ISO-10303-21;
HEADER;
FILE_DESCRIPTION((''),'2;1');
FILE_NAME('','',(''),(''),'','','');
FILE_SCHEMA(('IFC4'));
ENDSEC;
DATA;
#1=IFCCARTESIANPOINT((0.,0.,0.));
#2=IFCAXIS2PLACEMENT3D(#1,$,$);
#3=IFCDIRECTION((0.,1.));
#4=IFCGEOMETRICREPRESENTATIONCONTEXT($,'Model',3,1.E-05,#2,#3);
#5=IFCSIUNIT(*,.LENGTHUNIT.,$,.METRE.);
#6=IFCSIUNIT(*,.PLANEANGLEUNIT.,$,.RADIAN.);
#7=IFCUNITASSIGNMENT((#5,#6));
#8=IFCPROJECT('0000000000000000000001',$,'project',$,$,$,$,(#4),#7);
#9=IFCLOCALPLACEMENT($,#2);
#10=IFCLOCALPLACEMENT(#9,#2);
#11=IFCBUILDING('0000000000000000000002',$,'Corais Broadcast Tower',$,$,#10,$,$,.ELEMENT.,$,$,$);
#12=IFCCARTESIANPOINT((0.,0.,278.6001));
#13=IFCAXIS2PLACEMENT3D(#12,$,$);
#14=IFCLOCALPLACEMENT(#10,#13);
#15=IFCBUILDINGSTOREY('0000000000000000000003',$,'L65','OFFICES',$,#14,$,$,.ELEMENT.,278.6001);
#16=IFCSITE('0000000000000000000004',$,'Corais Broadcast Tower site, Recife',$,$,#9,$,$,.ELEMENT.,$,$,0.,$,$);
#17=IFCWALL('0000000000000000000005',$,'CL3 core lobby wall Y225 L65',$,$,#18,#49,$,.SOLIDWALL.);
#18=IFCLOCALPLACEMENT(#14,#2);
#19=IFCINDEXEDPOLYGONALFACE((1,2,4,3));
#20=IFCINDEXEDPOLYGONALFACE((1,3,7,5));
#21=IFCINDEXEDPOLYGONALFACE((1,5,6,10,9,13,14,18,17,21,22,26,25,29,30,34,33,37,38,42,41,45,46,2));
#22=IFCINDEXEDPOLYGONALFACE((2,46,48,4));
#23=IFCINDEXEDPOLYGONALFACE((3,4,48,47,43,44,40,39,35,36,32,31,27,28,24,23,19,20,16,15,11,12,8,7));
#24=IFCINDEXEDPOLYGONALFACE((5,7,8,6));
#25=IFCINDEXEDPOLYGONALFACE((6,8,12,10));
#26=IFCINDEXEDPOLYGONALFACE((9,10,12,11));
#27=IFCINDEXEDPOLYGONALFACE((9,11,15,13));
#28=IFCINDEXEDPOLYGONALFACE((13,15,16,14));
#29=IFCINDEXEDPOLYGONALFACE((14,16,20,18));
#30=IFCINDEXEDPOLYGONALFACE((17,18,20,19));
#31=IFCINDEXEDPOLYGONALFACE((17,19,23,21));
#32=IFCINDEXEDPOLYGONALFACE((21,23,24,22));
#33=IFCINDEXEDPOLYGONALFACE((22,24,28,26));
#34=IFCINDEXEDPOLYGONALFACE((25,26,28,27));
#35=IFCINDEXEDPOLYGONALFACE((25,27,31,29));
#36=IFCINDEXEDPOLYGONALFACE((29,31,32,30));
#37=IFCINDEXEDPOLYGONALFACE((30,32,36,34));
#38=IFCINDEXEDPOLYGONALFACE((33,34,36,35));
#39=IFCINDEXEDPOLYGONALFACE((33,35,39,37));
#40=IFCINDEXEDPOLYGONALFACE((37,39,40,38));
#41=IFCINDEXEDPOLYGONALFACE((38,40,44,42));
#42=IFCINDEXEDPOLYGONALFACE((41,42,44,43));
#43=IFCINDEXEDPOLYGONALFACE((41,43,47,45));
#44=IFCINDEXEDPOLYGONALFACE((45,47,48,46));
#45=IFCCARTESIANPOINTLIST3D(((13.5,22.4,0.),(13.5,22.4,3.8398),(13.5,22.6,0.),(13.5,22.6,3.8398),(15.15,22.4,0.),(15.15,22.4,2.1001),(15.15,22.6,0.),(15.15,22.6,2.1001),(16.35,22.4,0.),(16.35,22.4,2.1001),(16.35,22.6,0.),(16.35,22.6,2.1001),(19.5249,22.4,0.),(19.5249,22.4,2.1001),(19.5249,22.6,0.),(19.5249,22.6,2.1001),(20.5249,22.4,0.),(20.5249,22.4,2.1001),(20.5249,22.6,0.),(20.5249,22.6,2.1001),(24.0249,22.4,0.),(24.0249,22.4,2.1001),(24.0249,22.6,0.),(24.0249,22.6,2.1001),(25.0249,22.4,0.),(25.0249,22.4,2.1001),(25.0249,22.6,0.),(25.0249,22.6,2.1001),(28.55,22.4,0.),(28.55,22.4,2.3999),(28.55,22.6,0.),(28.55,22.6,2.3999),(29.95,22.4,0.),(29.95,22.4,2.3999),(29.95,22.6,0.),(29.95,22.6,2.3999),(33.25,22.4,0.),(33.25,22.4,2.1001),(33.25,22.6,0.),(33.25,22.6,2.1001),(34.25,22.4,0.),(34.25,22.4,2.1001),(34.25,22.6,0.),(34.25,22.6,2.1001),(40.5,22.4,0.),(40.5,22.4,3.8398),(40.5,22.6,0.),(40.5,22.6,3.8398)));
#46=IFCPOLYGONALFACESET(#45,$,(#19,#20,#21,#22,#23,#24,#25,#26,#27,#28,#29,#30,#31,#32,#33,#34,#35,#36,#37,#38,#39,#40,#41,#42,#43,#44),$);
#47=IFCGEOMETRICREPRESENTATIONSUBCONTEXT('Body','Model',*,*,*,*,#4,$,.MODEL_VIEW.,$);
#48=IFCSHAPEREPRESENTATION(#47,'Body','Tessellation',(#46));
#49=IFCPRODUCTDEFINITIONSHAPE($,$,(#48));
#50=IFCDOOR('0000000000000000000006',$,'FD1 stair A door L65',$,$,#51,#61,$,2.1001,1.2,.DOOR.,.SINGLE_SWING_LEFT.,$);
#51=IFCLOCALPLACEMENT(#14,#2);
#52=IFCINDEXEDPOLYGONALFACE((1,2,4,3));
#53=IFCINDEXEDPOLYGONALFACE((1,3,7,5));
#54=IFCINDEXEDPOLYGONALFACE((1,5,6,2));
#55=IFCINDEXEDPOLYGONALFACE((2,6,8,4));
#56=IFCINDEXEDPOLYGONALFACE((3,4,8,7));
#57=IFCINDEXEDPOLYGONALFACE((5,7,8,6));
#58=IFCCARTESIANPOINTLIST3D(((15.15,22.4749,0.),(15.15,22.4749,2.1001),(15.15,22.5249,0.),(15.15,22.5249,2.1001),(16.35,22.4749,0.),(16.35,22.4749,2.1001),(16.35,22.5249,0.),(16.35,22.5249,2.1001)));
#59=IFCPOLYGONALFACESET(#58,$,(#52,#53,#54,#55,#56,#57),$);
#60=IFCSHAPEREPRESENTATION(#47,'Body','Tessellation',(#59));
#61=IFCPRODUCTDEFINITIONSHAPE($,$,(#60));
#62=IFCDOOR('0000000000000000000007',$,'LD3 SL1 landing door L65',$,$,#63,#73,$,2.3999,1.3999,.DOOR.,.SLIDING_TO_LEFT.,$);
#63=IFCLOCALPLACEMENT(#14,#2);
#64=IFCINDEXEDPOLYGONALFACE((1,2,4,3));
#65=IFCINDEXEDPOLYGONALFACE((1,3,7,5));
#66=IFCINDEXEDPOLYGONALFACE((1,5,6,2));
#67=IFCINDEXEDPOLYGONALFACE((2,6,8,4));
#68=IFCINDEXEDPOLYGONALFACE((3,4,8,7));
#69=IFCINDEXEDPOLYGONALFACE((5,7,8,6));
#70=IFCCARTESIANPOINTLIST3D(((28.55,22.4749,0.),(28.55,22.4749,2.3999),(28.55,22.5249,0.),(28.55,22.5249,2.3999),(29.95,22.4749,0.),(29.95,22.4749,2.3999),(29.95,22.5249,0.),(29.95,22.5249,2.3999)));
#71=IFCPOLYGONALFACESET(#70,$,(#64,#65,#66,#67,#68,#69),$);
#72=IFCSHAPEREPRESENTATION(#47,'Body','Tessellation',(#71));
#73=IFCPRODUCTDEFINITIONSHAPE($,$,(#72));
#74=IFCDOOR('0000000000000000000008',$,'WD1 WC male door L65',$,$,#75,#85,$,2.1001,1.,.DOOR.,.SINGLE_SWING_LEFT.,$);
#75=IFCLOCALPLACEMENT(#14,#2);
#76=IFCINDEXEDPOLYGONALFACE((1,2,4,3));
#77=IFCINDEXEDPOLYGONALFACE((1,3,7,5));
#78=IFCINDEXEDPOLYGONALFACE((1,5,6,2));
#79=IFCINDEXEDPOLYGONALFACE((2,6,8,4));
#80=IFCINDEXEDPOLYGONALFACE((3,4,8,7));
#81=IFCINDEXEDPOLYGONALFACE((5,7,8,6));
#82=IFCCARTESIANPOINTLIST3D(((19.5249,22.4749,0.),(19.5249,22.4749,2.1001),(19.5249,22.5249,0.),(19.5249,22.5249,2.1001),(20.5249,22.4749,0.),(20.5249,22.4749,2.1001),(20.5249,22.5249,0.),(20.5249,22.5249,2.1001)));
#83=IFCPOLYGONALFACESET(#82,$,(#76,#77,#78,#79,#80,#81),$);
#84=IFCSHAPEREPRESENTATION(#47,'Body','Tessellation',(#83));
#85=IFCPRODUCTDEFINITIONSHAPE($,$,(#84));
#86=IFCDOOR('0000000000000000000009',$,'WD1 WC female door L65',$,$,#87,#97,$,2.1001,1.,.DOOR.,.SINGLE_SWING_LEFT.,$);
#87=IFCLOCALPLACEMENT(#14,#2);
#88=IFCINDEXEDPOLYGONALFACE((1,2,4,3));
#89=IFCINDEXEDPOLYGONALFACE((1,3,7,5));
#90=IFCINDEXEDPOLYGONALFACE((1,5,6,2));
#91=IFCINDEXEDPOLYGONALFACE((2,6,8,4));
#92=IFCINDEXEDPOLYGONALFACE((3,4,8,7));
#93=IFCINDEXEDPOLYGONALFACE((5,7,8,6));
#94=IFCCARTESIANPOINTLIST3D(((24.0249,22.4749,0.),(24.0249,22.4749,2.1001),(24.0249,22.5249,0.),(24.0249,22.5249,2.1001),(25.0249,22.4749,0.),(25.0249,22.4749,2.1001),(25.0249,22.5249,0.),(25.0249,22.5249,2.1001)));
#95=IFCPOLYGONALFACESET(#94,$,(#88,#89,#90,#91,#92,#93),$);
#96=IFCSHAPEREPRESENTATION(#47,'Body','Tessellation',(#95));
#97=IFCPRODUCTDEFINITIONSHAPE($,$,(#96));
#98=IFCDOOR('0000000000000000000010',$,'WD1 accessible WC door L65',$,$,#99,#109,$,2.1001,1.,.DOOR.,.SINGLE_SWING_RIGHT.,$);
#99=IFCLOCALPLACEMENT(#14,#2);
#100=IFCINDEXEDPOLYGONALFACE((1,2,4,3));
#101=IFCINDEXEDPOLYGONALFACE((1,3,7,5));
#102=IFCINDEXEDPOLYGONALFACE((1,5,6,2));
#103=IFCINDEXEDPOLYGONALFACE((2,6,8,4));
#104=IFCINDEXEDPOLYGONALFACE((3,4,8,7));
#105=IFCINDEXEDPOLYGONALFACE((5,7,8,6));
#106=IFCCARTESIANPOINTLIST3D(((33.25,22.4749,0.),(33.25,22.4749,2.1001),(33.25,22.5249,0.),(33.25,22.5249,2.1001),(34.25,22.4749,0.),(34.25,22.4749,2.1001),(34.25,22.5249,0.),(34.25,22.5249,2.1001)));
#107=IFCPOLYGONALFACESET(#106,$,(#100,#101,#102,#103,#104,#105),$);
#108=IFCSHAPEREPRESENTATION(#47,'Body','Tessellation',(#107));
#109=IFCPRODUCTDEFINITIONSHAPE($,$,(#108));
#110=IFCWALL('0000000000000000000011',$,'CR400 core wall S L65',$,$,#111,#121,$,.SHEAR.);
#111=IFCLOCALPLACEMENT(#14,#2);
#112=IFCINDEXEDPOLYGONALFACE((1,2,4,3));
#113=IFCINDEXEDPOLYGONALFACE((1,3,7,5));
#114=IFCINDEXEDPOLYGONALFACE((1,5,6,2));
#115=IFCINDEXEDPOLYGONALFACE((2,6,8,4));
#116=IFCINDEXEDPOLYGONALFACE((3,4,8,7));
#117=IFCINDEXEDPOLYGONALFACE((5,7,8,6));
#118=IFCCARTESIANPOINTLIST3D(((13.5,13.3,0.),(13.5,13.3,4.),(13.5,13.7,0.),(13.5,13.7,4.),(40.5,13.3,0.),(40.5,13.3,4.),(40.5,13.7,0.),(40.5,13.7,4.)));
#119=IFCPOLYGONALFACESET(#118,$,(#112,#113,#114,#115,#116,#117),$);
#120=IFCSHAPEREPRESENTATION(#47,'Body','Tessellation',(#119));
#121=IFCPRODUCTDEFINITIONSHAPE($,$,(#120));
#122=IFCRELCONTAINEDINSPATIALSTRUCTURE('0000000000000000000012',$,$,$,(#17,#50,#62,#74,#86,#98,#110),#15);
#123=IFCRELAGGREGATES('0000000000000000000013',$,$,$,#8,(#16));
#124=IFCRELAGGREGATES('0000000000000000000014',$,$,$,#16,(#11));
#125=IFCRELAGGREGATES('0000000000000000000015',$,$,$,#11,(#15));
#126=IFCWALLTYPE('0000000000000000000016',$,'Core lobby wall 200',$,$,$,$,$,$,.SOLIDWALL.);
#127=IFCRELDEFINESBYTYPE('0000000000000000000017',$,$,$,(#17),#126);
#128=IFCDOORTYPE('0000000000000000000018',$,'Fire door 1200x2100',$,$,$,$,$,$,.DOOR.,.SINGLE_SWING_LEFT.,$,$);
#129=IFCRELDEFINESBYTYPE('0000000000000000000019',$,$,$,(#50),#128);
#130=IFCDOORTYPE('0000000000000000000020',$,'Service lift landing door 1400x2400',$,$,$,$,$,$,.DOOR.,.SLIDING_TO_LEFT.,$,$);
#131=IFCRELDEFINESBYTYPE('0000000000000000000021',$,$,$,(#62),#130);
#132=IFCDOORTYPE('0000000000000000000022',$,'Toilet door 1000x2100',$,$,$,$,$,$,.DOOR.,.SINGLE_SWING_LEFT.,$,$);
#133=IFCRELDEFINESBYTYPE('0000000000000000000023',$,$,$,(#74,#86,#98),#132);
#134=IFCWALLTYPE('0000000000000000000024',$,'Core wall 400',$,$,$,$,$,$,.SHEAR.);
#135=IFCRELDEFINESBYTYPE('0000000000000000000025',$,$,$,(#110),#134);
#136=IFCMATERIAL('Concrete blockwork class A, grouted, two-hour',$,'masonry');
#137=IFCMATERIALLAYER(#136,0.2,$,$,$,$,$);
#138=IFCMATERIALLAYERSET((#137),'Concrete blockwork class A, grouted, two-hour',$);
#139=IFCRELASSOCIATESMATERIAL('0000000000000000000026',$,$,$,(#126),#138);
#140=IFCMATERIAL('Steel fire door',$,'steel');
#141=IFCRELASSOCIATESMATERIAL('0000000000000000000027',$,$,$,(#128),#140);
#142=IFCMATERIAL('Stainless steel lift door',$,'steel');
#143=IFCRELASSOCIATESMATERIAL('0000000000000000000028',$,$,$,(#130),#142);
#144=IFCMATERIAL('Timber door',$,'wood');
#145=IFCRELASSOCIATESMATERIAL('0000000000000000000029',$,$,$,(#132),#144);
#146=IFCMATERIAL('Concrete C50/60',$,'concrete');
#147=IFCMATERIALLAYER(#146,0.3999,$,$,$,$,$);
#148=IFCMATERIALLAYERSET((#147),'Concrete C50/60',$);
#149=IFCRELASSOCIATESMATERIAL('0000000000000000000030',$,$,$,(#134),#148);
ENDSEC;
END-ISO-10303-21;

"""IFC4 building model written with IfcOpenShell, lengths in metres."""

from ifc_helpers import new_model, si_unit, direction, frame, frame_2d, origin, place, context, subcontext, project, spatial, rectangle, extrude, material, layer, layer_set, type_object, element, fill, save


model = new_model("IFC4")

# Units and contexts
model_context = context("Model", 3, precision=1e-05, world=origin(), true_north=direction((0.0, 1.0)))
body_context = subcontext(model_context, "Body", "Model", "MODEL_VIEW")
ifc_project = project(units=[si_unit("LENGTHUNIT", "METRE"), si_unit("PLANEANGLEUNIT", "RADIAN")], contexts=[model_context])

# Site, building, storey
site_placement = place(None, origin())
site = spatial("IfcSite", under=ifc_project, at=site_placement, Name="Corais Broadcast Tower site, Recife", CompositionType="ELEMENT", RefElevation=0.0)
building_placement = place(site_placement, origin())
building = spatial("IfcBuilding", under=site, at=building_placement, Name="Corais Broadcast Tower", CompositionType="ELEMENT")
storey_placement = place(building_placement, frame((0.0, 0.0, 278.6001)))
storey = spatial("IfcBuildingStorey", under=building, at=storey_placement, Name="L65", Description="OFFICES", CompositionType="ELEMENT", Elevation=278.6001)

# Wall, openings, doors
ifc_material_1 = material(Name="Concrete blockwork class A, grouted, two-hour", Category="masonry")
ifc_layer_1 = layer(ifc_material_1, 0.2)
ifc_layer_set_1 = layer_set([ifc_layer_1], Name="Concrete blockwork class A, grouted, two-hour")
wall_type_1 = type_object("IfcWallType", Name="Core lobby wall 200", PredefinedType="SOLIDWALL", material=ifc_layer_set_1)
wall_1_placement = place(storey_placement, frame((13.5, 22.5, 0.0), z_axis=(0.0, 0.0, 1.0), x_axis=(1.0, 0.0, 0.0)))
wall_1 = element("IfcWall", 1, at=wall_1_placement, inside=storey, type_object=wall_type_1, Name="CL3 core lobby wall Y225 L65", PredefinedType="SOLIDWALL", context=body_context, shape_type="SweptSolid", body=[
    extrude(rectangle(XDim=27.0, YDim=0.2, at=frame_2d((13.5, 0.0))), origin(), (0.0, 0.0, 1.0), 3.8398),
])
opening_1_placement = place(wall_1_placement, frame((1.6499, 0.0, 0.0)))
opening_1 = element("IfcOpeningElement", 2, at=opening_1_placement, cuts=wall_1, PredefinedType="OPENING", context=body_context, shape_type="SweptSolid", body=[
    extrude(rectangle(XDim=1.2, YDim=2.1001, at=frame_2d((0.6001, 1.05))), frame((0.0, 0.1099, 0.0), z_axis=(0.0, -1.0, 0.0), x_axis=(1.0, 0.0, 0.0)), (0.0, 0.0, 1.0), 0.22),
])
opening_2_placement = place(wall_1_placement, frame((6.0249, 0.0, 0.0)))
opening_2 = element("IfcOpeningElement", 3, at=opening_2_placement, cuts=wall_1, PredefinedType="OPENING", context=body_context, shape_type="SweptSolid", body=[
    extrude(rectangle(XDim=1.0, YDim=2.1001, at=frame_2d((0.5, 1.05))), frame((0.0, 0.1099, 0.0), z_axis=(0.0, -1.0, 0.0), x_axis=(1.0, 0.0, 0.0)), (0.0, 0.0, 1.0), 0.22),
])
opening_3_placement = place(wall_1_placement, frame((10.5249, 0.0, 0.0)))
opening_3 = element("IfcOpeningElement", 4, at=opening_3_placement, cuts=wall_1, PredefinedType="OPENING", context=body_context, shape_type="SweptSolid", body=[
    extrude(rectangle(XDim=1.0, YDim=2.1001, at=frame_2d((0.5, 1.05))), frame((0.0, 0.1099, 0.0), z_axis=(0.0, -1.0, 0.0), x_axis=(1.0, 0.0, 0.0)), (0.0, 0.0, 1.0), 0.22),
])
opening_4_placement = place(wall_1_placement, frame((19.75, 0.0, 0.0)))
opening_4 = element("IfcOpeningElement", 5, at=opening_4_placement, cuts=wall_1, PredefinedType="OPENING", context=body_context, shape_type="SweptSolid", body=[
    extrude(rectangle(XDim=1.0, YDim=2.1001, at=frame_2d((0.5, 1.05))), frame((0.0, 0.1099, 0.0), z_axis=(0.0, -1.0, 0.0), x_axis=(1.0, 0.0, 0.0)), (0.0, 0.0, 1.0), 0.22),
])
opening_5_placement = place(wall_1_placement, frame((15.05, 0.0, 0.0)))
opening_5 = element("IfcOpeningElement", 6, at=opening_5_placement, cuts=wall_1, PredefinedType="OPENING", context=body_context, shape_type="SweptSolid", body=[
    extrude(rectangle(XDim=1.3999, YDim=2.3999, at=frame_2d((0.7, 1.2))), frame((0.0, 0.1099, 0.0), z_axis=(0.0, -1.0, 0.0), x_axis=(1.0, 0.0, 0.0)), (0.0, 0.0, 1.0), 0.22),
])
ifc_material_2 = material(Name="Steel fire door", Category="steel")
door_type_1 = type_object("IfcDoorType", Name="Fire door 1200x2100", OperationType="SINGLE_SWING_LEFT", PredefinedType="DOOR", material=ifc_material_2)
door_1_placement = place(opening_1_placement, origin())
door_1 = element("IfcDoor", 7, at=door_1_placement, inside=storey, type_object=door_type_1, Name="FD1 stair A door L65", OperationType="SINGLE_SWING_LEFT", OverallHeight=2.1001, OverallWidth=1.2, PredefinedType="DOOR", context=body_context, shape_type="SweptSolid", body=[
    extrude(rectangle(XDim=1.2, YDim=2.1001, at=frame_2d((0.6001, 1.05))), frame((0.0, 0.0249, 0.0), z_axis=(0.0, -1.0, 0.0), x_axis=(1.0, 0.0, 0.0)), (0.0, 0.0, 1.0), 0.05),
])
fill(opening_1, door_1)
ifc_material_3 = material(Name="Stainless steel lift door", Category="steel")
door_type_2 = type_object("IfcDoorType", Name="Service lift landing door 1400x2400", OperationType="SLIDING_TO_LEFT", PredefinedType="DOOR", material=ifc_material_3)
door_2_placement = place(opening_5_placement, origin())
door_2 = element("IfcDoor", 8, at=door_2_placement, inside=storey, type_object=door_type_2, Name="LD3 SL1 landing door L65", OperationType="SLIDING_TO_LEFT", OverallHeight=2.3999, OverallWidth=1.3999, PredefinedType="DOOR", context=body_context, shape_type="SweptSolid", body=[
    extrude(rectangle(XDim=1.3999, YDim=2.3999, at=frame_2d((0.7, 1.2))), frame((0.0, 0.0249, 0.0), z_axis=(0.0, -1.0, 0.0), x_axis=(1.0, 0.0, 0.0)), (0.0, 0.0, 1.0), 0.05),
])
fill(opening_5, door_2)
ifc_material_4 = material(Name="Timber door", Category="wood")
door_type_3 = type_object("IfcDoorType", Name="Toilet door 1000x2100", OperationType="SINGLE_SWING_LEFT", PredefinedType="DOOR", material=ifc_material_4)
door_3_placement = place(opening_2_placement, origin())
door_3 = element("IfcDoor", 9, at=door_3_placement, inside=storey, type_object=door_type_3, Name="WD1 WC male door L65", OperationType="SINGLE_SWING_LEFT", OverallHeight=2.1001, OverallWidth=1.0, PredefinedType="DOOR", context=body_context, shape_type="SweptSolid", body=[
    extrude(rectangle(XDim=1.0, YDim=2.1001, at=frame_2d((0.5, 1.05))), frame((0.0, 0.0249, 0.0), z_axis=(0.0, -1.0, 0.0), x_axis=(1.0, 0.0, 0.0)), (0.0, 0.0, 1.0), 0.05),
])
fill(opening_2, door_3)
door_4_placement = place(opening_3_placement, origin())
door_4 = element("IfcDoor", 10, at=door_4_placement, inside=storey, type_object=door_type_3, Name="WD1 WC female door L65", OperationType="SINGLE_SWING_LEFT", OverallHeight=2.1001, OverallWidth=1.0, PredefinedType="DOOR", context=body_context, shape_type="SweptSolid", body=[
    extrude(rectangle(XDim=1.0, YDim=2.1001, at=frame_2d((0.5, 1.05))), frame((0.0, 0.0249, 0.0), z_axis=(0.0, -1.0, 0.0), x_axis=(1.0, 0.0, 0.0)), (0.0, 0.0, 1.0), 0.05),
])
fill(opening_3, door_4)
door_5_placement = place(opening_4_placement, origin())
door_5 = element("IfcDoor", 11, at=door_5_placement, inside=storey, type_object=door_type_3, Name="WD1 accessible WC door L65", OperationType="SINGLE_SWING_RIGHT", OverallHeight=2.1001, OverallWidth=1.0, PredefinedType="DOOR", context=body_context, shape_type="SweptSolid", body=[
    extrude(rectangle(XDim=1.0, YDim=2.1001, at=frame_2d((0.5, 1.05))), frame((0.0, 0.0249, 0.0), z_axis=(0.0, -1.0, 0.0), x_axis=(1.0, 0.0, 0.0)), (0.0, 0.0, 1.0), 0.05),
])
fill(opening_4, door_5)

# Wall
ifc_material_5 = material(Name="Concrete C50/60", Category="concrete")
ifc_layer_2 = layer(ifc_material_5, 0.3999)
ifc_layer_set_2 = layer_set([ifc_layer_2], Name="Concrete C50/60")
wall_type_2 = type_object("IfcWallType", Name="Core wall 400", PredefinedType="SHEAR", material=ifc_layer_set_2)
wall_2_placement = place(storey_placement, frame((13.5, 13.5, 0.0), z_axis=(0.0, 0.0, 1.0), x_axis=(1.0, 0.0, 0.0)))
element("IfcWall", 12, at=wall_2_placement, inside=storey, type_object=wall_type_2, Name="CR400 core wall S L65", PredefinedType="SHEAR", context=body_context, shape_type="SweptSolid", body=[
    extrude(rectangle(XDim=27.0, YDim=0.3999, at=frame_2d((13.5, 0.0))), origin(), (0.0, 0.0, 1.0), 4.0),
])

save(model, "model.ifc")
